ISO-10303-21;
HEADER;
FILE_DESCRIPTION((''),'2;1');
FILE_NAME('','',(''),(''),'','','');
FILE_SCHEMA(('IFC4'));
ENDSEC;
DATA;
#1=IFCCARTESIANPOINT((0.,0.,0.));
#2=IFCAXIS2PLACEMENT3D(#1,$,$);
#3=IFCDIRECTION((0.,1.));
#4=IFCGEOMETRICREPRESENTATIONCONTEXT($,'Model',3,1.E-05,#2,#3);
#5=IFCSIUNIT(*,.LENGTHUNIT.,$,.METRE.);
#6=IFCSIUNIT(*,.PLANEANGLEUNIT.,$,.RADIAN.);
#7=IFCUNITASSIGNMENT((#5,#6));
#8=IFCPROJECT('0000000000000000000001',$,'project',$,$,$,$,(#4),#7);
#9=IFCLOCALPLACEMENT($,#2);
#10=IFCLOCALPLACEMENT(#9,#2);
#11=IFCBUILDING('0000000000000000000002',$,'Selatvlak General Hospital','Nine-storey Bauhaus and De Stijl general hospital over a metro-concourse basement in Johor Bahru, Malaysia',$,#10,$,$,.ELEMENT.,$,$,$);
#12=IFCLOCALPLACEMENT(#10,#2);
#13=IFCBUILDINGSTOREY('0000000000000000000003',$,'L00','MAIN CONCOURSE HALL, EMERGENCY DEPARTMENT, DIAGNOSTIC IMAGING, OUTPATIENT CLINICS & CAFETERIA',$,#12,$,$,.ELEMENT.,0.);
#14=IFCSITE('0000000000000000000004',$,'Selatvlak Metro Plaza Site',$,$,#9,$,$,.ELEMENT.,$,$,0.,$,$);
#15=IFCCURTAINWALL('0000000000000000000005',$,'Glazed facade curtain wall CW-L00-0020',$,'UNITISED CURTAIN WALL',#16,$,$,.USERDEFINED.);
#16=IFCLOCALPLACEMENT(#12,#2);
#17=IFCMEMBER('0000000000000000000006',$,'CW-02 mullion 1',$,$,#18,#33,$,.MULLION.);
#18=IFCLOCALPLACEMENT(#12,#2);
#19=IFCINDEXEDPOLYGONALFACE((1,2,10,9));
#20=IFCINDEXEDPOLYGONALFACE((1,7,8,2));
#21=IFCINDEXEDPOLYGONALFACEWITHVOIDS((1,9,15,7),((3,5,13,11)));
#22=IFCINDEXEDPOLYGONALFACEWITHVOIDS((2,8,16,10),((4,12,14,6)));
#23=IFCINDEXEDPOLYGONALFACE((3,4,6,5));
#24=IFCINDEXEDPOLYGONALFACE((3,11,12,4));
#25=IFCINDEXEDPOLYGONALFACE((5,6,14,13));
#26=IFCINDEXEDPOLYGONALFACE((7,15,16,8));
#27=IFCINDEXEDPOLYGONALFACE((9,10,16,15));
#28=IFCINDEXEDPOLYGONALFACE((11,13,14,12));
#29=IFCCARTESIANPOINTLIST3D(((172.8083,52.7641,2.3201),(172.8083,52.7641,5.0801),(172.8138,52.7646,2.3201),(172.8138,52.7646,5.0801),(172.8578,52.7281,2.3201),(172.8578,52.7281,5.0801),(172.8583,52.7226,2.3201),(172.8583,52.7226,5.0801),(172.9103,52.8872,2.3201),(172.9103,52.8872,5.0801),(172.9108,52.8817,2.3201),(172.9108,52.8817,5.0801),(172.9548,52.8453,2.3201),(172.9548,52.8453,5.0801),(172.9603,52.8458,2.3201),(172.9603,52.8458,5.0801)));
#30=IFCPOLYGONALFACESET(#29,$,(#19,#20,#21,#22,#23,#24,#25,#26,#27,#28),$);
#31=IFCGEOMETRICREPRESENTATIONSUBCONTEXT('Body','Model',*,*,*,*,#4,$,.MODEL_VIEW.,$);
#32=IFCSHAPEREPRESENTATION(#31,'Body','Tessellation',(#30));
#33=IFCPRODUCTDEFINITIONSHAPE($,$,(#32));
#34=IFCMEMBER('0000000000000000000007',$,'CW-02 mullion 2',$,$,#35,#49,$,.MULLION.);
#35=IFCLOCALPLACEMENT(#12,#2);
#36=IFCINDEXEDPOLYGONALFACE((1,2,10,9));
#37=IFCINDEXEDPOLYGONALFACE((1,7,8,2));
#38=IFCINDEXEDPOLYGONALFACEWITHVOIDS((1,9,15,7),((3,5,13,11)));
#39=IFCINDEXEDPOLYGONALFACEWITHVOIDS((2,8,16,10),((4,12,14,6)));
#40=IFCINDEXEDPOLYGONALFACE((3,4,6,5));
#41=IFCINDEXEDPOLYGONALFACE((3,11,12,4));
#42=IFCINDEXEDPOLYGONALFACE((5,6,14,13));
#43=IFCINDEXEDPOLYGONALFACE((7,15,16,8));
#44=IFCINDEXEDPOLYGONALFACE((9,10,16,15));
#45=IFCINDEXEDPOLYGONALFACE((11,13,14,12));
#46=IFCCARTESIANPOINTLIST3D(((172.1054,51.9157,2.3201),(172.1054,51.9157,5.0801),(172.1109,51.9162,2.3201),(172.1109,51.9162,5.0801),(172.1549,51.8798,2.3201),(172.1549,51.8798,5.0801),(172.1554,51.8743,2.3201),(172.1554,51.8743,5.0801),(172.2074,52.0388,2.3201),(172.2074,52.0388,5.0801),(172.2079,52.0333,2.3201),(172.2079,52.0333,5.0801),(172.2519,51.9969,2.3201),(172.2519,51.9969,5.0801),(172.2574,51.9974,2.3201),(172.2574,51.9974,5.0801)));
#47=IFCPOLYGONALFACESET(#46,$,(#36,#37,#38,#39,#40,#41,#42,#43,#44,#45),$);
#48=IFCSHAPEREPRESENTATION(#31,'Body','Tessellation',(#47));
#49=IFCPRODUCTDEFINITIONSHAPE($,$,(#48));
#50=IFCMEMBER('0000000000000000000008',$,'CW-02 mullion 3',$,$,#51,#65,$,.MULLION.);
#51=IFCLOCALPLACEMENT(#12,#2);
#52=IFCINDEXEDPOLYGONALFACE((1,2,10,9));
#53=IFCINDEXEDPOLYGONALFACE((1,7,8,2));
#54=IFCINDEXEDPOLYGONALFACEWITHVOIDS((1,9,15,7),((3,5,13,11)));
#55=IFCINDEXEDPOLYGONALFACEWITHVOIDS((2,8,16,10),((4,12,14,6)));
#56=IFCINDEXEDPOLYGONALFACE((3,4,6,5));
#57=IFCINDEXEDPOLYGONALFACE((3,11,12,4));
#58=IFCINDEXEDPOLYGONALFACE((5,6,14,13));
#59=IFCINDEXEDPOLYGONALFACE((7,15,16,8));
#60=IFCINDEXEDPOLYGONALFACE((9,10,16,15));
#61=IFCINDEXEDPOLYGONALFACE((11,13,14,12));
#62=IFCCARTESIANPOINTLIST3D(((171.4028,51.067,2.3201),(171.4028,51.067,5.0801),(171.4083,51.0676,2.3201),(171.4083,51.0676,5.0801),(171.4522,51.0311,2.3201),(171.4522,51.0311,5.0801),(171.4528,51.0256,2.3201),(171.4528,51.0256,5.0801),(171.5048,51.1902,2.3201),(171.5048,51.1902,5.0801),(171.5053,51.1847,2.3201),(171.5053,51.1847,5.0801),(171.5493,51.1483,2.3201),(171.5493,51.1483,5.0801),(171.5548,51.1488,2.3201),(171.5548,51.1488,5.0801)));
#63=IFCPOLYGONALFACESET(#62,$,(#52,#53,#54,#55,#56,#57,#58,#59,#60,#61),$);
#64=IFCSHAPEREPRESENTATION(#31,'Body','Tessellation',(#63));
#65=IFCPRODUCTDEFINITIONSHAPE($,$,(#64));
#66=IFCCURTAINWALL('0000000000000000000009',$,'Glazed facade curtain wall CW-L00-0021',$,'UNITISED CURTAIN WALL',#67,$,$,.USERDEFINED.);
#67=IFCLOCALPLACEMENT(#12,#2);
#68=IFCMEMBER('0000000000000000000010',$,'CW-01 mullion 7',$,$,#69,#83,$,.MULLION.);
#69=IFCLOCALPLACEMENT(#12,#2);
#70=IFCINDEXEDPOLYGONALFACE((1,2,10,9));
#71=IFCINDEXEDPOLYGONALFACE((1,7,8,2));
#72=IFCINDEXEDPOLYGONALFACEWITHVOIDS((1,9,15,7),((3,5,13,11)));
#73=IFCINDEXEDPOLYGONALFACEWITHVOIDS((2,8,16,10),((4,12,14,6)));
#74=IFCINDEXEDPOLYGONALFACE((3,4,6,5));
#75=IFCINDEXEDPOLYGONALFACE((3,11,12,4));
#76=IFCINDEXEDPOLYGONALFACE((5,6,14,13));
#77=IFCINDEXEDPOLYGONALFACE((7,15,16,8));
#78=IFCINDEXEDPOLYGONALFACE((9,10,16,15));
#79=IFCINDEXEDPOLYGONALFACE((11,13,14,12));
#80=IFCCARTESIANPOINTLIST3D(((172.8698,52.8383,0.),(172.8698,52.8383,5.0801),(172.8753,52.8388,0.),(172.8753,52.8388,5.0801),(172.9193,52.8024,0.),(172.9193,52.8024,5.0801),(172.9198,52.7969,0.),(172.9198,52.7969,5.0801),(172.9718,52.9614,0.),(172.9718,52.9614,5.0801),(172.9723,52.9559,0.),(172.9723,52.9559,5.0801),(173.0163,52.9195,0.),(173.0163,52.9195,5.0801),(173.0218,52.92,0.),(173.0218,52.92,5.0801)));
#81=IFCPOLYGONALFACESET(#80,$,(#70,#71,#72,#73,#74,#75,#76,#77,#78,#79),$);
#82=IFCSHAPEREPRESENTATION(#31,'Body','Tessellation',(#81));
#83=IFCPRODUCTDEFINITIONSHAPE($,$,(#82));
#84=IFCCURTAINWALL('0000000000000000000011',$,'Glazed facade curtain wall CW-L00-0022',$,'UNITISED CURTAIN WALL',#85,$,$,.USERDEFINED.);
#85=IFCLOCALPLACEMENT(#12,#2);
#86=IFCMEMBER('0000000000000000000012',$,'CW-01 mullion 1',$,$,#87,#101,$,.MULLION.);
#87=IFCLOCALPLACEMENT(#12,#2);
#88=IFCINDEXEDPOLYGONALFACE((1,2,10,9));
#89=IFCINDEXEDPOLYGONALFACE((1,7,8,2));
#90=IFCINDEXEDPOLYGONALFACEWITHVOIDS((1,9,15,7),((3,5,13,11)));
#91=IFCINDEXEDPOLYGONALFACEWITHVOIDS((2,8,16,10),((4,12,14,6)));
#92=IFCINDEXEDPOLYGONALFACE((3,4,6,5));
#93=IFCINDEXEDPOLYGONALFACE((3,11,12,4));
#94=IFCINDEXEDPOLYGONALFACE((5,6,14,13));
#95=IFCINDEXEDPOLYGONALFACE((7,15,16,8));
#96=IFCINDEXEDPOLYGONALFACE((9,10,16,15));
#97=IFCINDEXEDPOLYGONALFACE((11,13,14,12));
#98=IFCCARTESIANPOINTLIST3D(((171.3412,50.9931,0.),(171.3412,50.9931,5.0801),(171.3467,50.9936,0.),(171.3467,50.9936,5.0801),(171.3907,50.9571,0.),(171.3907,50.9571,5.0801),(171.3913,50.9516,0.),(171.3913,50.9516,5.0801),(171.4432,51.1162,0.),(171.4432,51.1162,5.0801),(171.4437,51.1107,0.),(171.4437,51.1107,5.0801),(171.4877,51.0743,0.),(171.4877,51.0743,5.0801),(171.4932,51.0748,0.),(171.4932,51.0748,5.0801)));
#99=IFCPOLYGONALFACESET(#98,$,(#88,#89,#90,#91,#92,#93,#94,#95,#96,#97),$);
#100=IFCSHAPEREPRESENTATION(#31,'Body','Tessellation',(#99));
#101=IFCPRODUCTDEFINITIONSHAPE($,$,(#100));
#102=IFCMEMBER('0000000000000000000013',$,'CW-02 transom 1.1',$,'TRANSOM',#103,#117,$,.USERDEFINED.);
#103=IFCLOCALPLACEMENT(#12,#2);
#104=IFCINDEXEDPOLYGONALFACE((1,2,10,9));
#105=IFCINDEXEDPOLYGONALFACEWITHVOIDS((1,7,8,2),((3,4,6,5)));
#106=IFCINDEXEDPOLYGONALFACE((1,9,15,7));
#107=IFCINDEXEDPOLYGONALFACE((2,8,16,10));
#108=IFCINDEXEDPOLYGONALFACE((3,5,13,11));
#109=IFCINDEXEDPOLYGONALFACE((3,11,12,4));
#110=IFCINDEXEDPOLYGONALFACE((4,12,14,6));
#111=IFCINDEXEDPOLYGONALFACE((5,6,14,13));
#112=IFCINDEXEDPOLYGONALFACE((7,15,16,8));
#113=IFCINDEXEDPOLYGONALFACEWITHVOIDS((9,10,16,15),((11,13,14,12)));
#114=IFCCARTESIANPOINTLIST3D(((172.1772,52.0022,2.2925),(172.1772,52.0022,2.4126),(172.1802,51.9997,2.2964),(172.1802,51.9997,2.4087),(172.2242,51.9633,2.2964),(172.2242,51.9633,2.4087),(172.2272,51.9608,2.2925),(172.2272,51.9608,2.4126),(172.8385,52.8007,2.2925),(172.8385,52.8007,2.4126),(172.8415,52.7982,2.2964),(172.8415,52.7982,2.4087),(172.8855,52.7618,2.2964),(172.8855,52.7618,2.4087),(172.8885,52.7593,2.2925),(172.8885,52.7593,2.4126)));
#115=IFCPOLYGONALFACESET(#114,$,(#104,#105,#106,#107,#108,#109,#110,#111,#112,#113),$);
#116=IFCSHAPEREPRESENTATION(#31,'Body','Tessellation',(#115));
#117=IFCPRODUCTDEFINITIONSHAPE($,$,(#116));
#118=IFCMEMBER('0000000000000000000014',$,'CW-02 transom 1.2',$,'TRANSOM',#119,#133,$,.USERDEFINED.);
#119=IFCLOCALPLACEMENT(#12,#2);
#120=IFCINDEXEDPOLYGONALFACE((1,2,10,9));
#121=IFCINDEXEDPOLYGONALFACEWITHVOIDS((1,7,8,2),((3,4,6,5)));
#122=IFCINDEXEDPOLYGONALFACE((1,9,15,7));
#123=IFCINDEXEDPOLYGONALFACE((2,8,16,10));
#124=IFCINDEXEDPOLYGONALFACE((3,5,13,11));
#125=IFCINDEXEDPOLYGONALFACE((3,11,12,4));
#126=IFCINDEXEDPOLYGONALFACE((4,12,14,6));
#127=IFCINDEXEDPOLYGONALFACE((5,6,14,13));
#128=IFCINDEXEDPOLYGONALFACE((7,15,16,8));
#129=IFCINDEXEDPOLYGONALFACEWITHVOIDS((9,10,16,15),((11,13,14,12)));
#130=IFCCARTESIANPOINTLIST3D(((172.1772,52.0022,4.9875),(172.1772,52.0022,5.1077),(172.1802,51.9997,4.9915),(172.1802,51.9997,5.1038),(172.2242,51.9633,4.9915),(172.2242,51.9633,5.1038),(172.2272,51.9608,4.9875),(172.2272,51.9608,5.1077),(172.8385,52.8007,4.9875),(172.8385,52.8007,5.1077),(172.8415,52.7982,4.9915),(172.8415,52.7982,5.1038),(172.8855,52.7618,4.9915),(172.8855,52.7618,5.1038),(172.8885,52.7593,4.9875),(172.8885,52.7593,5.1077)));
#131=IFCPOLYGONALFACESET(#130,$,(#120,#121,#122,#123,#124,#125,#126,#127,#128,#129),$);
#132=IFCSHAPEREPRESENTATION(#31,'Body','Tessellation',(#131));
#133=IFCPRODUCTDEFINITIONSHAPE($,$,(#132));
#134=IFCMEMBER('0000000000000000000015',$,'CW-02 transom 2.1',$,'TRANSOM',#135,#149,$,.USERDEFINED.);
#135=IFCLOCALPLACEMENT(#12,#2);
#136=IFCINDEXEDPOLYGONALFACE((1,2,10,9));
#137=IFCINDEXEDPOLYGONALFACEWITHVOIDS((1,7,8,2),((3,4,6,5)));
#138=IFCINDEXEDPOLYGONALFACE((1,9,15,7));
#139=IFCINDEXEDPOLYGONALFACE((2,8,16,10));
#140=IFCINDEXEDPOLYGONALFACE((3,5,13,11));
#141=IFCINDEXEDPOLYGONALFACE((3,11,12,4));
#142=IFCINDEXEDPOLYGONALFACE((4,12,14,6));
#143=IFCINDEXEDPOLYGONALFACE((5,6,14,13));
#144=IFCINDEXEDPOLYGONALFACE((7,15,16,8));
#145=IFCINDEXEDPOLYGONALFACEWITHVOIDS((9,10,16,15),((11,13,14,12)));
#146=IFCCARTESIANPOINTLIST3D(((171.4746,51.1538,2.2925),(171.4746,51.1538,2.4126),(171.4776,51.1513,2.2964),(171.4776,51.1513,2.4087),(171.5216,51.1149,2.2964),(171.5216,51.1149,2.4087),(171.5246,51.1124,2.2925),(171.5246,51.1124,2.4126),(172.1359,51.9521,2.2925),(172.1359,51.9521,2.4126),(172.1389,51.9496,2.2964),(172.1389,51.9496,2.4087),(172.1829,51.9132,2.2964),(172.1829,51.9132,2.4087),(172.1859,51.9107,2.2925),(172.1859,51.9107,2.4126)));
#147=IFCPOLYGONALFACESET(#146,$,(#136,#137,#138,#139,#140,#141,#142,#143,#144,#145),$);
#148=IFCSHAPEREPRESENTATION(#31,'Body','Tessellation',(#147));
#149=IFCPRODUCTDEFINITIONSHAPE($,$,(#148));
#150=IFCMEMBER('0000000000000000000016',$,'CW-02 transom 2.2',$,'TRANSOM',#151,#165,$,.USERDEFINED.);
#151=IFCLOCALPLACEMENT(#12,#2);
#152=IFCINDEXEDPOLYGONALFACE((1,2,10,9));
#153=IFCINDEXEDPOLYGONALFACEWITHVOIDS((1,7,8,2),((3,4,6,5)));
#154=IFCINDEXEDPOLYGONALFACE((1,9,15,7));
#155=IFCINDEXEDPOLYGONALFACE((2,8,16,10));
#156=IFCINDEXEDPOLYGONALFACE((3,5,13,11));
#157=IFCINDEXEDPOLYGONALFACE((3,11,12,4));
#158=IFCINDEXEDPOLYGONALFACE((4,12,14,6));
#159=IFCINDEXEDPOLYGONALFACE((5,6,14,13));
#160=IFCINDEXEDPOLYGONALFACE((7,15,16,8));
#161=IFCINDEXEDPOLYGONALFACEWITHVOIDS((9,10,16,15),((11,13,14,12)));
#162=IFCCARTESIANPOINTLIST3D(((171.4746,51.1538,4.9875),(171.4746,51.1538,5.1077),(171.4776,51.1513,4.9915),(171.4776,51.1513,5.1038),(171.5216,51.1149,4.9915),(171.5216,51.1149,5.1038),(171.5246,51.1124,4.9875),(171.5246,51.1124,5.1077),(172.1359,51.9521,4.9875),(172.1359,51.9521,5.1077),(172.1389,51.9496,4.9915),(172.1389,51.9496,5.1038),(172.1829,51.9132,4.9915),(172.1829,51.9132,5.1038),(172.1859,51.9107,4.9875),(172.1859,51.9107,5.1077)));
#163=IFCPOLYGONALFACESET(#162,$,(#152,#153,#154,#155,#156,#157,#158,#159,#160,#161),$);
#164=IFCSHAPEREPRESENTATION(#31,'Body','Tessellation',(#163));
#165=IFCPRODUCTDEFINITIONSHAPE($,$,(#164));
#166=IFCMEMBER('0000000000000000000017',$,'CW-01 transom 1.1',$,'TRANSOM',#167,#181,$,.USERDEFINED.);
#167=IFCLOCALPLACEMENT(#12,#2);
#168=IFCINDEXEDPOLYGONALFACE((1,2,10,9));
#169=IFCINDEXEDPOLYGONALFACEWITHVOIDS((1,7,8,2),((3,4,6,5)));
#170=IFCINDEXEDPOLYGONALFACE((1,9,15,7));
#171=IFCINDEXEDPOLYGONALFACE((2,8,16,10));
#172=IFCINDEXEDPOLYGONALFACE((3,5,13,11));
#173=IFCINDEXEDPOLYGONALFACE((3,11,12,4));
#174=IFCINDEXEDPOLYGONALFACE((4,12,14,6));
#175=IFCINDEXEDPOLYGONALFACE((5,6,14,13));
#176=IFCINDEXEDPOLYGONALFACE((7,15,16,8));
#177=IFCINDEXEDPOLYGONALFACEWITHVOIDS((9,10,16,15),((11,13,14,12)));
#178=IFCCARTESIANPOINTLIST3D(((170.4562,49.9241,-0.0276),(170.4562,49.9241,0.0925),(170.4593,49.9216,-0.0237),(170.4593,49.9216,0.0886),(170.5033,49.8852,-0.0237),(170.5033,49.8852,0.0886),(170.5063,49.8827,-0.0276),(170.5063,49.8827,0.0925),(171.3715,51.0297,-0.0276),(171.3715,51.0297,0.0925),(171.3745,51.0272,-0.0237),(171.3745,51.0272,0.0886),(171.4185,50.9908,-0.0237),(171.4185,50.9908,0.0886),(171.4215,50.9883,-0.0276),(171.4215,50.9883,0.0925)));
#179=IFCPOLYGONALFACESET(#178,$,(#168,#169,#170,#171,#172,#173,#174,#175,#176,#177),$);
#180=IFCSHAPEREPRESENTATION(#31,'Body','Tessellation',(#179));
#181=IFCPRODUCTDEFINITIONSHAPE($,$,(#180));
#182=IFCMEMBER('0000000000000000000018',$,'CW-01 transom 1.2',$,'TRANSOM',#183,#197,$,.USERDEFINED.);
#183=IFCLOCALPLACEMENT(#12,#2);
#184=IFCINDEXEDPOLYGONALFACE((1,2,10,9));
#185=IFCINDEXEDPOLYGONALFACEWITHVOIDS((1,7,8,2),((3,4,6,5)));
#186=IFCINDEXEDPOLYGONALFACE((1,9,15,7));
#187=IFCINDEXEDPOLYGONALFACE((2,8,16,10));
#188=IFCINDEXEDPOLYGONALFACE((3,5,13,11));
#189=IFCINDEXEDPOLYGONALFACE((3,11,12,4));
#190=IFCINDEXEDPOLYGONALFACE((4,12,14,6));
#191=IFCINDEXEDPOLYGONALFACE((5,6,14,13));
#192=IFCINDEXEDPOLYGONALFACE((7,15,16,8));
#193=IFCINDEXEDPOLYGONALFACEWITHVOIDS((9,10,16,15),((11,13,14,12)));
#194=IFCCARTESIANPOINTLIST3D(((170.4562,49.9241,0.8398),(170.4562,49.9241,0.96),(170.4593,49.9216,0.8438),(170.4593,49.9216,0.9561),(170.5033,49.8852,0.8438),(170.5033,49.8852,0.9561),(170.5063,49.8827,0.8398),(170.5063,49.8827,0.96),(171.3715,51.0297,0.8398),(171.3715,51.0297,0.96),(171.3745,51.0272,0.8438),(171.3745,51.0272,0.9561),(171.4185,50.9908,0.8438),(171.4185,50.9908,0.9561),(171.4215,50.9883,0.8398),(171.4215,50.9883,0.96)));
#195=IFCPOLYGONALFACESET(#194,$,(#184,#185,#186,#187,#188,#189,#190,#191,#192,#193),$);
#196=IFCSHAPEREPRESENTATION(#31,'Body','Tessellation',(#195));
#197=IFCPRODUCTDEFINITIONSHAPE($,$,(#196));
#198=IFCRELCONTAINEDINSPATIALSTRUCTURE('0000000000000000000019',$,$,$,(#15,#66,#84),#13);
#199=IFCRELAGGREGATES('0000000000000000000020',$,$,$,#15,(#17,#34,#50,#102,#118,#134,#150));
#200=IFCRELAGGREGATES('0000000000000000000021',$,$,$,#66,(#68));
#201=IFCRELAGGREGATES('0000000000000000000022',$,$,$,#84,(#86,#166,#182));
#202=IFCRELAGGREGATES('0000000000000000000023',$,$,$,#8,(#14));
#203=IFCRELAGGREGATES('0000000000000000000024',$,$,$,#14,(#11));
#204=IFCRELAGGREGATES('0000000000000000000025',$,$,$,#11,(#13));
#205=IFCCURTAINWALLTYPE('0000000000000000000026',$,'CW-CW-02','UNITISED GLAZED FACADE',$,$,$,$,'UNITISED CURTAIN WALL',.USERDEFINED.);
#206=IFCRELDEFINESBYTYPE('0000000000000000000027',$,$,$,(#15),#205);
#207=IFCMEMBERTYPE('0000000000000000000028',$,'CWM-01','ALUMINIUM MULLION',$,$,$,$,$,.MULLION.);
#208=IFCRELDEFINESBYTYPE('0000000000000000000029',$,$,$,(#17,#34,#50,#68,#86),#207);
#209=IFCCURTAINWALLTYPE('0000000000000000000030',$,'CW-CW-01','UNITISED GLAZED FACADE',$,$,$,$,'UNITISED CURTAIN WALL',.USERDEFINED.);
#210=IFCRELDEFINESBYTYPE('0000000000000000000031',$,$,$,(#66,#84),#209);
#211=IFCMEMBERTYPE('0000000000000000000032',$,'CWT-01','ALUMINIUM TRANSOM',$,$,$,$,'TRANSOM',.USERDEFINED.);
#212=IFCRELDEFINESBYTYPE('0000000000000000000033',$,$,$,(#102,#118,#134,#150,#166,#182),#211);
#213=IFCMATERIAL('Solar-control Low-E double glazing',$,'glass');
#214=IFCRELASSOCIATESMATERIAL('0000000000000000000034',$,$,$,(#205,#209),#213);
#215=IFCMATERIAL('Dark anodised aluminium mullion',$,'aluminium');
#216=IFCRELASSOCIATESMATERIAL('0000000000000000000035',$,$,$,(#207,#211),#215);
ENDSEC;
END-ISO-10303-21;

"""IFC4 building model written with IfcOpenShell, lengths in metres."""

from ifc_helpers import new_model, si_unit, direction, frame, origin, origin_2d, place, context, subcontext, project, spatial, hollow_rectangle, extrude, material, material_profile, profile_set, type_object, element, aggregate, save


model = new_model("IFC4")

# Units and contexts
model_context = context("Model", 3, precision=1e-05, world=origin(), true_north=direction((0.0, 1.0)))
body_context = subcontext(model_context, "Body", "Model", "MODEL_VIEW")
ifc_project = project(units=[si_unit("LENGTHUNIT", "METRE"), si_unit("PLANEANGLEUNIT", "RADIAN")], contexts=[model_context])

# Site, building, storey
site_placement = place(None, origin())
site = spatial("IfcSite", under=ifc_project, at=site_placement, Name="Selatvlak Metro Plaza Site", CompositionType="ELEMENT", RefElevation=0.0)
building_placement = place(site_placement, origin())
building = spatial("IfcBuilding", under=site, at=building_placement, Name="Selatvlak General Hospital", Description="Nine-storey Bauhaus and De Stijl general hospital over a metro-concourse basement in Johor Bahru, Malaysia", CompositionType="ELEMENT")
storey_placement = place(building_placement, origin())
storey = spatial("IfcBuildingStorey", under=building, at=storey_placement, Name="L00", Description="MAIN CONCOURSE HALL, EMERGENCY DEPARTMENT, DIAGNOSTIC IMAGING, OUTPATIENT CLINICS & CAFETERIA", CompositionType="ELEMENT", Elevation=0.0)

# Curtain wall, members
ifc_material_1 = material(Name="Solar-control Low-E double glazing", Category="glass")
curtain_wall_type_1 = type_object("IfcCurtainWallType", Name="CW-CW-02", Description="UNITISED GLAZED FACADE", ElementType="UNITISED CURTAIN WALL", PredefinedType="USERDEFINED", material=ifc_material_1)
curtain_wall_1_placement = place(storey_placement, origin())
curtain_wall_1 = element("IfcCurtainWall", 1, at=curtain_wall_1_placement, inside=storey, type_object=curtain_wall_type_1, Name="Glazed facade curtain wall CW-L00-0020", ObjectType="UNITISED CURTAIN WALL", PredefinedType="USERDEFINED")
ifc_material_2 = material(Name="Dark anodised aluminium mullion", Category="aluminium")
ifc_material_profile_1 = material_profile(ifc_material_2, hollow_rectangle(XDim=0.0649, YDim=0.1599, WallThickness=0.0039, at=origin_2d()), Name="AL-MUL 65x160x4")
ifc_profile_set_1 = profile_set([ifc_material_profile_1], Name="Dark anodised aluminium mullion")
member_type_1 = type_object("IfcMemberType", Name="CWM-01", Description="ALUMINIUM MULLION", PredefinedType="MULLION", material=ifc_profile_set_1)
member_1_placement = place(storey_placement, frame((172.8843, 52.8049, 2.3201), z_axis=(0.0, 0.0, 1.0), x_axis=(0.770133, -0.637883, 0.0)))
member_1 = element("IfcMember", 2, at=member_1_placement, type_object=member_type_1, Name="CW-02 mullion 1", PredefinedType="MULLION", context=body_context, shape_type="SweptSolid", body=[
    extrude(hollow_rectangle(XDim=0.0649, YDim=0.1599, WallThickness=0.0039, at=origin_2d()), origin(), (0.0, 0.0, 1.0), 2.76),
])
member_2_placement = place(storey_placement, frame((172.1814, 51.9565, 2.3201), z_axis=(0.0, 0.0, 1.0), x_axis=(0.770133, -0.637883, 0.0)))
member_2 = element("IfcMember", 3, at=member_2_placement, type_object=member_type_1, Name="CW-02 mullion 2", PredefinedType="MULLION", context=body_context, shape_type="SweptSolid", body=[
    extrude(hollow_rectangle(XDim=0.0649, YDim=0.1599, WallThickness=0.0039, at=origin_2d()), origin(), (0.0, 0.0, 1.0), 2.76),
])
member_3_placement = place(storey_placement, frame((171.4788, 51.1079, 2.3201), z_axis=(0.0, 0.0, 1.0), x_axis=(0.770133, -0.637883, 0.0)))
member_3 = element("IfcMember", 4, at=member_3_placement, type_object=member_type_1, Name="CW-02 mullion 3", PredefinedType="MULLION", context=body_context, shape_type="SweptSolid", body=[
    extrude(hollow_rectangle(XDim=0.0649, YDim=0.1599, WallThickness=0.0039, at=origin_2d()), origin(), (0.0, 0.0, 1.0), 2.76),
])

# Curtain walls, members
curtain_wall_type_2 = type_object("IfcCurtainWallType", Name="CW-CW-01", Description="UNITISED GLAZED FACADE", ElementType="UNITISED CURTAIN WALL", PredefinedType="USERDEFINED", material=ifc_material_1)
curtain_wall_2_placement = place(storey_placement, origin())
curtain_wall_2 = element("IfcCurtainWall", 5, at=curtain_wall_2_placement, inside=storey, type_object=curtain_wall_type_2, Name="Glazed facade curtain wall CW-L00-0021", ObjectType="UNITISED CURTAIN WALL", PredefinedType="USERDEFINED")
member_4_placement = place(storey_placement, frame((172.9458, 52.8792, 0.0), z_axis=(0.0, 0.0, 1.0), x_axis=(0.770252, -0.63774, 0.0)))
member_4 = element("IfcMember", 6, at=member_4_placement, type_object=member_type_1, Name="CW-01 mullion 7", PredefinedType="MULLION", context=body_context, shape_type="SweptSolid", body=[
    extrude(hollow_rectangle(XDim=0.0649, YDim=0.1599, WallThickness=0.0039, at=origin_2d()), origin(), (0.0, 0.0, 1.0), 5.0801),
])
curtain_wall_3_placement = place(storey_placement, origin())
curtain_wall_3 = element("IfcCurtainWall", 7, at=curtain_wall_3_placement, inside=storey, type_object=curtain_wall_type_2, Name="Glazed facade curtain wall CW-L00-0022", ObjectType="UNITISED CURTAIN WALL", PredefinedType="USERDEFINED")
member_5_placement = place(storey_placement, frame((171.4172, 51.0339, 0.0), z_axis=(0.0, 0.0, 1.0), x_axis=(0.770267, -0.637721, 0.0)))
member_5 = element("IfcMember", 8, at=member_5_placement, type_object=member_type_1, Name="CW-01 mullion 1", PredefinedType="MULLION", context=body_context, shape_type="SweptSolid", body=[
    extrude(hollow_rectangle(XDim=0.0649, YDim=0.1599, WallThickness=0.0039, at=origin_2d()), origin(), (0.0, 0.0, 1.0), 5.0801),
])

# Members
ifc_material_profile_2 = material_profile(ifc_material_2, hollow_rectangle(XDim=0.0649, YDim=0.1201, WallThickness=0.0039, at=origin_2d()), Name="AL-TRN 65x120x4")
ifc_profile_set_2 = profile_set([ifc_material_profile_2], Name="Dark anodised aluminium mullion")
member_type_2 = type_object("IfcMemberType", Name="CWT-01", Description="ALUMINIUM TRANSOM", ElementType="TRANSOM", PredefinedType="USERDEFINED", material=ifc_profile_set_2)
member_6_placement = place(storey_placement, frame((172.8635, 52.78, 2.3525), z_axis=(-0.637842, -0.770167, 0.0), x_axis=(0.770167, -0.637842, 0.0)))
member_6 = element("IfcMember", 9, at=member_6_placement, type_object=member_type_2, Name="CW-02 transom 1.1", ObjectType="TRANSOM", PredefinedType="USERDEFINED", context=body_context, shape_type="SweptSolid", body=[
    extrude(hollow_rectangle(XDim=0.0649, YDim=0.1201, WallThickness=0.0039, at=origin_2d()), origin(), (0.0, 0.0, 1.0), 1.0369),
])
member_7_placement = place(storey_placement, frame((172.8635, 52.78, 5.0476), z_axis=(-0.637842, -0.770167, 0.0), x_axis=(0.770167, -0.637842, 0.0)))
member_7 = element("IfcMember", 10, at=member_7_placement, type_object=member_type_2, Name="CW-02 transom 1.2", ObjectType="TRANSOM", PredefinedType="USERDEFINED", context=body_context, shape_type="SweptSolid", body=[
    extrude(hollow_rectangle(XDim=0.0649, YDim=0.1201, WallThickness=0.0039, at=origin_2d()), origin(), (0.0, 0.0, 1.0), 1.0369),
])
member_8_placement = place(storey_placement, frame((172.1609, 51.9314, 2.3525), z_axis=(-0.637958, -0.770071, 0.0), x_axis=(0.770071, -0.637958, 0.0)))
member_8 = element("IfcMember", 11, at=member_8_placement, type_object=member_type_2, Name="CW-02 transom 2.1", ObjectType="TRANSOM", PredefinedType="USERDEFINED", context=body_context, shape_type="SweptSolid", body=[
    extrude(hollow_rectangle(XDim=0.0649, YDim=0.1201, WallThickness=0.0039, at=origin_2d()), origin(), (0.0, 0.0, 1.0), 1.0366),
])
member_9_placement = place(storey_placement, frame((172.1609, 51.9314, 5.0476), z_axis=(-0.637958, -0.770071, 0.0), x_axis=(0.770071, -0.637958, 0.0)))
member_9 = element("IfcMember", 12, at=member_9_placement, type_object=member_type_2, Name="CW-02 transom 2.2", ObjectType="TRANSOM", PredefinedType="USERDEFINED", context=body_context, shape_type="SweptSolid", body=[
    extrude(hollow_rectangle(XDim=0.0649, YDim=0.1201, WallThickness=0.0039, at=origin_2d()), origin(), (0.0, 0.0, 1.0), 1.0366),
])
member_10_placement = place(storey_placement, frame((171.3965, 51.009, 0.0325), z_axis=(-0.637655, -0.770322, 0.0), x_axis=(0.770322, -0.637655, 0.0)))
member_10 = element("IfcMember", 13, at=member_10_placement, type_object=member_type_2, Name="CW-01 transom 1.1", ObjectType="TRANSOM", PredefinedType="USERDEFINED", context=body_context, shape_type="SweptSolid", body=[
    extrude(hollow_rectangle(XDim=0.0649, YDim=0.1201, WallThickness=0.0039, at=origin_2d()), origin(), (0.0, 0.0, 1.0), 1.4353),
])
member_11_placement = place(storey_placement, frame((171.3965, 51.009, 0.8999), z_axis=(-0.637655, -0.770322, 0.0), x_axis=(0.770322, -0.637655, 0.0)))
member_11 = element("IfcMember", 14, at=member_11_placement, type_object=member_type_2, Name="CW-01 transom 1.2", ObjectType="TRANSOM", PredefinedType="USERDEFINED", context=body_context, shape_type="SweptSolid", body=[
    extrude(hollow_rectangle(XDim=0.0649, YDim=0.1201, WallThickness=0.0039, at=origin_2d()), origin(), (0.0, 0.0, 1.0), 1.4353),
])

aggregate(curtain_wall_1, [member_1, member_2, member_3, member_6, member_7, member_8, member_9])
aggregate(curtain_wall_2, [member_4])
aggregate(curtain_wall_3, [member_5, member_10, member_11])

save(model, "model.ifc")
